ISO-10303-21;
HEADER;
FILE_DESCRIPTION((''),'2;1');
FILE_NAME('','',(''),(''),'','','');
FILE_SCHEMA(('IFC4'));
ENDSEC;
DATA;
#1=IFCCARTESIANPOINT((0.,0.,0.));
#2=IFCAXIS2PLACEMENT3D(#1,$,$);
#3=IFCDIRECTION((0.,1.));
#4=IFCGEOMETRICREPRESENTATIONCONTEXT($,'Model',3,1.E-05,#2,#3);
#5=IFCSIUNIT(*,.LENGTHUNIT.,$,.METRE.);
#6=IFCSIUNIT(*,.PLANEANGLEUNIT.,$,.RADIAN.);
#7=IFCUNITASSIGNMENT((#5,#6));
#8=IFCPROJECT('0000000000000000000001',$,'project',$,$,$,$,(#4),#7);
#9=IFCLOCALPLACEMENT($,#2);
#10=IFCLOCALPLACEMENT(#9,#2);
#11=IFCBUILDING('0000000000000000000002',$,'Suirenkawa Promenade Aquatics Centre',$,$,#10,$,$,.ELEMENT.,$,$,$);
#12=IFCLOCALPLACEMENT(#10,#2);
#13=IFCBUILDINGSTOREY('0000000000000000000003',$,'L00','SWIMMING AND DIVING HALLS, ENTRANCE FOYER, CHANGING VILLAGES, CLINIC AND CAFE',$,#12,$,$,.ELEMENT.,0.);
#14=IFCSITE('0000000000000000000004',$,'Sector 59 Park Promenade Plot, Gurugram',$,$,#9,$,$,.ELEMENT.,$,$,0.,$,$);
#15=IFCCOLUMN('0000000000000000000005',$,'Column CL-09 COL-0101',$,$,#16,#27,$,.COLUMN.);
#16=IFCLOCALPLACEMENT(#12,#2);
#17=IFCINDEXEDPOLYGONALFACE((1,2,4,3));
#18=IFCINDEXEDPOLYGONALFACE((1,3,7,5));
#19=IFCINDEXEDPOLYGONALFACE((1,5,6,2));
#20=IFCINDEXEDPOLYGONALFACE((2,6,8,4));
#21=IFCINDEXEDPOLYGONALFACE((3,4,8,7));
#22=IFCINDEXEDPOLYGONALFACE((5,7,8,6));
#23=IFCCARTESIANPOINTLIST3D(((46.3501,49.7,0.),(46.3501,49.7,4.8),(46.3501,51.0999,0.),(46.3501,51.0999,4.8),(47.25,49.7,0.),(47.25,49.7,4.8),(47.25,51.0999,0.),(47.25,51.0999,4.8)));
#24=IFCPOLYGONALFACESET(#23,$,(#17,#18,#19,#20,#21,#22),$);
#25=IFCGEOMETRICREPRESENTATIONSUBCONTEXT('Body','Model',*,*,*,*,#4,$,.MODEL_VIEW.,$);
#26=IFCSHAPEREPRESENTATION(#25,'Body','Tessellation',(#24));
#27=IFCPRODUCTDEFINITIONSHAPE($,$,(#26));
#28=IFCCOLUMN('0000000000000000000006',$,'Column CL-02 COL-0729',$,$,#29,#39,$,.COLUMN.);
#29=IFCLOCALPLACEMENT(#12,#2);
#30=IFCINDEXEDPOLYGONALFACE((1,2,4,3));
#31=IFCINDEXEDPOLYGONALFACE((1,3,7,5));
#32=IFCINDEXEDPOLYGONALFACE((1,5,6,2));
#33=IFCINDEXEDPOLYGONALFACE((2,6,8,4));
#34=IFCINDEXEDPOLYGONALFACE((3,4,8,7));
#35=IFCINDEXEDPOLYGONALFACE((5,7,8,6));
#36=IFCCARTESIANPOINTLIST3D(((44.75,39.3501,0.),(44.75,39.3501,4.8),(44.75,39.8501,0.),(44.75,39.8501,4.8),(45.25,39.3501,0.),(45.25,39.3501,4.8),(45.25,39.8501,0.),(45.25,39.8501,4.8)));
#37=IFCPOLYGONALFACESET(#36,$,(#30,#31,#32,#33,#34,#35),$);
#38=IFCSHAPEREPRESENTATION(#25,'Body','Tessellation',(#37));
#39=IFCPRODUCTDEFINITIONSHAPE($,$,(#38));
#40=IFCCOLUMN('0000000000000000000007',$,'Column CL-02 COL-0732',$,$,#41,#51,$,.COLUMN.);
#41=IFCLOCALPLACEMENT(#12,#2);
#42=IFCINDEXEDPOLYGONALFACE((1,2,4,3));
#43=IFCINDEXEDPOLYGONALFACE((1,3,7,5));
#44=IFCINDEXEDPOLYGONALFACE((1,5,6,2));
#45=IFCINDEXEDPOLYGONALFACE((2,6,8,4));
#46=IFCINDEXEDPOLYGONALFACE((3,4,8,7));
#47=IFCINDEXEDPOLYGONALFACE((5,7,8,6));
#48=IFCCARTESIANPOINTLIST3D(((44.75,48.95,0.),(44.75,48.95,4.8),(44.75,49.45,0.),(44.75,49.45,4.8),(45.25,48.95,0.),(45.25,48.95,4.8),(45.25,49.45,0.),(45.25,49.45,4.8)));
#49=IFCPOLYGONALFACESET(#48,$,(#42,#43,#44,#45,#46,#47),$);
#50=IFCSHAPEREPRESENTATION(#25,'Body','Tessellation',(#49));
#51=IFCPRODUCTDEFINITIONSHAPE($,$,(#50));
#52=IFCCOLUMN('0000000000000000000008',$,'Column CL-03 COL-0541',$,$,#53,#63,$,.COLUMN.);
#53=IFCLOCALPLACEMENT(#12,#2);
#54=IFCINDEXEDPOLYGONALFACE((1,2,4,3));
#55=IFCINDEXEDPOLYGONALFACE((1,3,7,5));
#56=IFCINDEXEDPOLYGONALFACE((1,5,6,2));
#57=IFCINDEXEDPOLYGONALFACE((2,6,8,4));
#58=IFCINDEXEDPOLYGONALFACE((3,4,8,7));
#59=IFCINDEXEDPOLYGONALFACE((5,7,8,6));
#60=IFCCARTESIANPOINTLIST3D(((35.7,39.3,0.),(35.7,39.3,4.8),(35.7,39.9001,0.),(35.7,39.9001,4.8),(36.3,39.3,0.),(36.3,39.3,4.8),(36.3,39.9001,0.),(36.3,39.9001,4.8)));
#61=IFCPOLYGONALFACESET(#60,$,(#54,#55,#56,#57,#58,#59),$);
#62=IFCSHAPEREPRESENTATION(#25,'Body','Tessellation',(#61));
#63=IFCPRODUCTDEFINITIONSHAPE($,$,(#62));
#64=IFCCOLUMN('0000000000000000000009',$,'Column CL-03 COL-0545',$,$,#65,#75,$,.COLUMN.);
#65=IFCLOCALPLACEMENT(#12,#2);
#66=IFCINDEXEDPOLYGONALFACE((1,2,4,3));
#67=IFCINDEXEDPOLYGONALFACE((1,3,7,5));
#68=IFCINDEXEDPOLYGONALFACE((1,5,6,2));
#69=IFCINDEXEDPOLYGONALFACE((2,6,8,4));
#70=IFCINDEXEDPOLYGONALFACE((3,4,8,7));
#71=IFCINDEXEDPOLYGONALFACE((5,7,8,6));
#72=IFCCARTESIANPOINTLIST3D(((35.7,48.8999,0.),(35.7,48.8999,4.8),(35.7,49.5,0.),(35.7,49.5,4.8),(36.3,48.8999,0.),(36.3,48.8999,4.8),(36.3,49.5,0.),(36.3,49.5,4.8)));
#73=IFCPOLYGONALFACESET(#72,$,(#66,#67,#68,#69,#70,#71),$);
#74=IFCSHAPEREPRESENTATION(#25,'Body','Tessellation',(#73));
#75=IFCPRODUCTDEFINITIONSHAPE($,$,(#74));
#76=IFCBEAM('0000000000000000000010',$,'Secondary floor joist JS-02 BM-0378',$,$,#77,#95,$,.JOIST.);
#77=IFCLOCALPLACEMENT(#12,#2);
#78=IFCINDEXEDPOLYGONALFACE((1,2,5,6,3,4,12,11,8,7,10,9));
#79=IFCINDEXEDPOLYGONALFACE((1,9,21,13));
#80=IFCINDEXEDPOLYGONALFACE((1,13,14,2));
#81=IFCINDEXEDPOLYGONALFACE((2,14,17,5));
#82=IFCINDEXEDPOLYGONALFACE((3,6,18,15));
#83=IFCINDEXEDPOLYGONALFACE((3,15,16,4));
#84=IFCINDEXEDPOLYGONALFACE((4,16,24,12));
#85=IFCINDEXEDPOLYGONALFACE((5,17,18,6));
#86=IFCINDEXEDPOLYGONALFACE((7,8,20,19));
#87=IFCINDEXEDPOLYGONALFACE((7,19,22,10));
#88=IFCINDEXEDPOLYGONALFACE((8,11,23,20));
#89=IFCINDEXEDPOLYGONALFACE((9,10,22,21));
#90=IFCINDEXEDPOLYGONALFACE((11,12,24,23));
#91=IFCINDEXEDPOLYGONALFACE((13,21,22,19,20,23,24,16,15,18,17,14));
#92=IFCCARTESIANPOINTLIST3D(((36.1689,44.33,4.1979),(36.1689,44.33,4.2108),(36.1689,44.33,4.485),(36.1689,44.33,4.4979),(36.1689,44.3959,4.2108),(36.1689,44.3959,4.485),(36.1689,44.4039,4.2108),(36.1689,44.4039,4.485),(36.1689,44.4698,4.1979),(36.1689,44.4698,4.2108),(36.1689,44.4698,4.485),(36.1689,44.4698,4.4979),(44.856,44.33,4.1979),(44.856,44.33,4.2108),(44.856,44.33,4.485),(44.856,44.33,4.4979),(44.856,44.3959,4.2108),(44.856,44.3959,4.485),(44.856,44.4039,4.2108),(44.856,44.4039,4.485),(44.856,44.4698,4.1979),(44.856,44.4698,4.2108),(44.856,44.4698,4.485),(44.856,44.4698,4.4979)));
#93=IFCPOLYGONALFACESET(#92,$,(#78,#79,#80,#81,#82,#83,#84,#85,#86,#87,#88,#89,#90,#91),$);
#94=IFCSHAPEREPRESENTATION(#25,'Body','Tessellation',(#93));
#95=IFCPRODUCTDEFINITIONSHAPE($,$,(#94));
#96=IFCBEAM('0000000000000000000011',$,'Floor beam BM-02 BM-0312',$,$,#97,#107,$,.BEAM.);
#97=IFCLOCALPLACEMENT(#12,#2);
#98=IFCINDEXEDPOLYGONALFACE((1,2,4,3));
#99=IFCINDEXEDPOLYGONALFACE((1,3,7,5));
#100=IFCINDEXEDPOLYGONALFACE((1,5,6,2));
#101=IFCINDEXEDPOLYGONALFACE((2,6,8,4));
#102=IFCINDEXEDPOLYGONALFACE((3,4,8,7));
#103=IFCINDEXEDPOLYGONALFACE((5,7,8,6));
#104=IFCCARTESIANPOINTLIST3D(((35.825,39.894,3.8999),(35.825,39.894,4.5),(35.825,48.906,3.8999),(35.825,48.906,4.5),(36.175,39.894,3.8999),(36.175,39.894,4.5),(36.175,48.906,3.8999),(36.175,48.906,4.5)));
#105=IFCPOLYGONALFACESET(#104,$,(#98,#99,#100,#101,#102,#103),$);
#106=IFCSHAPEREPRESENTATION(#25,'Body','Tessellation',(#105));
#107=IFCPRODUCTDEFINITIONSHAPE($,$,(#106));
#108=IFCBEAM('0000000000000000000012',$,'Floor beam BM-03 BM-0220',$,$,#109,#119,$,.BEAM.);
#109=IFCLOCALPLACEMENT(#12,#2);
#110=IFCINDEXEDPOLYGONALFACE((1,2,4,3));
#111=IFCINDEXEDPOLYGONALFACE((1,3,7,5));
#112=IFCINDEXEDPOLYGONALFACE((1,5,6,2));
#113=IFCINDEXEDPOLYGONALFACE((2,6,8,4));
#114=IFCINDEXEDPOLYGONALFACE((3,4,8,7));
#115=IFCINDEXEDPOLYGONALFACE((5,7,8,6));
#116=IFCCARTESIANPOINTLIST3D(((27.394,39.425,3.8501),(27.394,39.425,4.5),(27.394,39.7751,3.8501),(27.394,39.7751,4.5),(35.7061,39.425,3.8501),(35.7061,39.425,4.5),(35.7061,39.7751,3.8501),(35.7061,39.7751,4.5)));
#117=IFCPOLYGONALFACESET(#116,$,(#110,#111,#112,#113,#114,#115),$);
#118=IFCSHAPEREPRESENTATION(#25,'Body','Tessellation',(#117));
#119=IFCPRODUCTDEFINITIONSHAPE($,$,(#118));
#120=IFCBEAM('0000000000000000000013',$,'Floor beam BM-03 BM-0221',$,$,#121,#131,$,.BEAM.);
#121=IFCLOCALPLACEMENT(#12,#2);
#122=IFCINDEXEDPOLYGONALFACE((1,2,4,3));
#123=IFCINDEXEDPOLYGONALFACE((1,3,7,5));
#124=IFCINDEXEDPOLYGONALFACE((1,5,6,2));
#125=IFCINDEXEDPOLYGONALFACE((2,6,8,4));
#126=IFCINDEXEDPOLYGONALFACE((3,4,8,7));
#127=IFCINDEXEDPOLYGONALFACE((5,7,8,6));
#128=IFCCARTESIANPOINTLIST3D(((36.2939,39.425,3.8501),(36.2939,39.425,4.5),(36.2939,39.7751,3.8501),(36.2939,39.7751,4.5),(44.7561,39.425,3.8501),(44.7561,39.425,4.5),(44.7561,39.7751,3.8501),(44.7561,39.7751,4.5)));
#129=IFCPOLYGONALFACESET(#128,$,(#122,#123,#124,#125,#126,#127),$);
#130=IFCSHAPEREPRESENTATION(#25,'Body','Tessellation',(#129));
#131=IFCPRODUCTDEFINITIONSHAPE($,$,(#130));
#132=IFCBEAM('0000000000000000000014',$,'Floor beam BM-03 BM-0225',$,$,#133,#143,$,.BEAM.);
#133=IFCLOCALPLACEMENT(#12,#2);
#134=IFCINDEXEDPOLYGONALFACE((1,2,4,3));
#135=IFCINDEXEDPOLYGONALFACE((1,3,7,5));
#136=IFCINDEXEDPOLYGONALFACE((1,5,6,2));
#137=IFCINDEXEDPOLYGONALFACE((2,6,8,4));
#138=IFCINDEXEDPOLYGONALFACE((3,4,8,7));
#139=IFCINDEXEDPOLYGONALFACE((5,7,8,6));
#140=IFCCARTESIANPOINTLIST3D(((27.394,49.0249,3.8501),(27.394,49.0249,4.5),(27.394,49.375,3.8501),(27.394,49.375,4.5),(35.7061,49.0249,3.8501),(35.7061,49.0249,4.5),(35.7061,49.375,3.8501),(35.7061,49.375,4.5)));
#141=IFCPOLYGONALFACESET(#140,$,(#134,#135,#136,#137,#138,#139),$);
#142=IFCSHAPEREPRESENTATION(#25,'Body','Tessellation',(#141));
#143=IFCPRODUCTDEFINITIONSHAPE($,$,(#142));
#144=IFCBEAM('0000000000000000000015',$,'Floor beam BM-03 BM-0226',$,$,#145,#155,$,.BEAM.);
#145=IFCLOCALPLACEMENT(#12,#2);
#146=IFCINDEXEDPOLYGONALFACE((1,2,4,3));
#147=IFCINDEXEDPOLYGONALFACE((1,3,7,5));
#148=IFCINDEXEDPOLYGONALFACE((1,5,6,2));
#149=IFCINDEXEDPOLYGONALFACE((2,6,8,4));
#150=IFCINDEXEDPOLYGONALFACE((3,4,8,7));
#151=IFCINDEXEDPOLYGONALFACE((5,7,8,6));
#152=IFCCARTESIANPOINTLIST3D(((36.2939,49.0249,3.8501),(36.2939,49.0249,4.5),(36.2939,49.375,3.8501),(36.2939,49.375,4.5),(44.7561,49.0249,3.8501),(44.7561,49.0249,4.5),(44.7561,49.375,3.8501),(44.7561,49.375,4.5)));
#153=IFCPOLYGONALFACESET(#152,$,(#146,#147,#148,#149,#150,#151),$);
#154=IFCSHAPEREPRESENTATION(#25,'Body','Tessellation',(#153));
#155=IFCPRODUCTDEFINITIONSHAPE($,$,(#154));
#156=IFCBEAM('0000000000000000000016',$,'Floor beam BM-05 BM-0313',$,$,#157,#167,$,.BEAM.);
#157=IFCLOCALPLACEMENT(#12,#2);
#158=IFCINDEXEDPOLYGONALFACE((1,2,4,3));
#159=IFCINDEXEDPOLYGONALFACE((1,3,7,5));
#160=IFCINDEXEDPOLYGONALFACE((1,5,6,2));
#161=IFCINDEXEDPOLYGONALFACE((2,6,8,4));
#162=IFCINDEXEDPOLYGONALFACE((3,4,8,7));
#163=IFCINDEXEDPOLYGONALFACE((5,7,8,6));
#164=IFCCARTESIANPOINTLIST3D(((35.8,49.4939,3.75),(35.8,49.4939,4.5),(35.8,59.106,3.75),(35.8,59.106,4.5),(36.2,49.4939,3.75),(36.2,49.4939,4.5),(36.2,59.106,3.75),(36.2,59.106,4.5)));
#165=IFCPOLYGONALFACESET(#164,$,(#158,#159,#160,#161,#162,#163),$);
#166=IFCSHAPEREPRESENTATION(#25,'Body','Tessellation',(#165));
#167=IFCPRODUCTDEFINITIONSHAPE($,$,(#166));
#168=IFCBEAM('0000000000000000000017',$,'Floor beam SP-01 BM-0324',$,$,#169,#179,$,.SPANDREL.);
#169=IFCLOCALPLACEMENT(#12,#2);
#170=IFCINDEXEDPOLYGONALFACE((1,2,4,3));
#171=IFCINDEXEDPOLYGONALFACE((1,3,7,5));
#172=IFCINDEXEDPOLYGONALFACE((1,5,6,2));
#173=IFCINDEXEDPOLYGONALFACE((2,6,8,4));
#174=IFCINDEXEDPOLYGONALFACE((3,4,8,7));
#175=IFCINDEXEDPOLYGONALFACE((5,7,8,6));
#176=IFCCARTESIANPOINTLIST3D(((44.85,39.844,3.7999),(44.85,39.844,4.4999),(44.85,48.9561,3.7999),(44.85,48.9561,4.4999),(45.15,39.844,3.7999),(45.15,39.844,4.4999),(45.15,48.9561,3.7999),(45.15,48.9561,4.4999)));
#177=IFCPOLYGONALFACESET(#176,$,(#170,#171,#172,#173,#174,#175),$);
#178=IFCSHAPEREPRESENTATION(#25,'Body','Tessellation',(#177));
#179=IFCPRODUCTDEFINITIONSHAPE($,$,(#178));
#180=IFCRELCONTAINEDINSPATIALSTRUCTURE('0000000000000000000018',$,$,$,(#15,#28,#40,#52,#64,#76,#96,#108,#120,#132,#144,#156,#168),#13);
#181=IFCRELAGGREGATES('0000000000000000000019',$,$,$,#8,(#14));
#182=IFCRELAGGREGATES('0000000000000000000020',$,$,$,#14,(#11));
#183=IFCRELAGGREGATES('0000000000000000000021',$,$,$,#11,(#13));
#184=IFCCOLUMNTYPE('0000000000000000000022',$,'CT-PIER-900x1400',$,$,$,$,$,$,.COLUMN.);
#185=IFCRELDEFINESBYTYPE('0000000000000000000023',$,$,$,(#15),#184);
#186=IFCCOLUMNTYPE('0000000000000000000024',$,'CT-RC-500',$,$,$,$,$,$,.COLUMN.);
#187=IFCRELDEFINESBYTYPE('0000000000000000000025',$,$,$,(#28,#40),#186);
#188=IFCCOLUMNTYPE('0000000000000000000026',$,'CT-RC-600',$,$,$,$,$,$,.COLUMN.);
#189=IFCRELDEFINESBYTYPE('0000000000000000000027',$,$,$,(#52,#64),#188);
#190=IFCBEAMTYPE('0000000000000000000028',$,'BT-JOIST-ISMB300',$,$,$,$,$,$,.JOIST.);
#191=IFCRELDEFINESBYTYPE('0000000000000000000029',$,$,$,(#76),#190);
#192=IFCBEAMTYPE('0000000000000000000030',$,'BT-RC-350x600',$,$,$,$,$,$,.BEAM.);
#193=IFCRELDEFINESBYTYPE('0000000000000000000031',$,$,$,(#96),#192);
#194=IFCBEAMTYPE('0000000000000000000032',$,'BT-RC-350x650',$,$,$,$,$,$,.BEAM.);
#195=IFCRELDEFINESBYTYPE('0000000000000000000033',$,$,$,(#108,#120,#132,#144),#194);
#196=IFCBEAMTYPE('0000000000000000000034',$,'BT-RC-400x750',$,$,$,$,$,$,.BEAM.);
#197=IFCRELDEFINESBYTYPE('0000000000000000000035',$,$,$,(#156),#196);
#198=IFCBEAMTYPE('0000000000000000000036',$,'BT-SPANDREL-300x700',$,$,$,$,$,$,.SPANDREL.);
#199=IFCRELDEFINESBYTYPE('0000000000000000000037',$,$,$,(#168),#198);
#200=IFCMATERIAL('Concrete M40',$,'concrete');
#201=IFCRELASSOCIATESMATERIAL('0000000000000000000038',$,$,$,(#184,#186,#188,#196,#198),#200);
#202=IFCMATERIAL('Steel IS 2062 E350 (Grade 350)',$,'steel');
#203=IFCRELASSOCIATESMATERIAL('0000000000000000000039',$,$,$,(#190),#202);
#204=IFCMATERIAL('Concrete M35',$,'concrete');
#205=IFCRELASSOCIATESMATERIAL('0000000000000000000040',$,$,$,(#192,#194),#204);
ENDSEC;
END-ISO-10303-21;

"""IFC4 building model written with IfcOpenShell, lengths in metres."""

from ifc_helpers import new_model, si_unit, direction, frame, origin, origin_2d, place, context, subcontext, project, spatial, rectangle, i_section, extrude, material, material_profile, profile_set, type_object, element, save


model = new_model("IFC4")

# Units and contexts
model_context = context("Model", 3, precision=1e-05, world=origin(), true_north=direction((0.0, 1.0)))
body_context = subcontext(model_context, "Body", "Model", "MODEL_VIEW")
ifc_project = project(units=[si_unit("LENGTHUNIT", "METRE"), si_unit("PLANEANGLEUNIT", "RADIAN")], contexts=[model_context])

# Site, building, storey
site_placement = place(None, origin())
site = spatial("IfcSite", under=ifc_project, at=site_placement, Name="Sector 59 Park Promenade Plot, Gurugram", CompositionType="ELEMENT", RefElevation=0.0)
building_placement = place(site_placement, origin())
building = spatial("IfcBuilding", under=site, at=building_placement, Name="Suirenkawa Promenade Aquatics Centre", CompositionType="ELEMENT")
storey_placement = place(building_placement, origin())
storey = spatial("IfcBuildingStorey", under=building, at=storey_placement, Name="L00", Description="SWIMMING AND DIVING HALLS, ENTRANCE FOYER, CHANGING VILLAGES, CLINIC AND CAFE", CompositionType="ELEMENT", Elevation=0.0)

# Columns
ifc_material_1 = material(Name="Concrete M40", Category="concrete")
ifc_material_profile_1 = material_profile(ifc_material_1, rectangle(XDim=0.8999, YDim=1.3999, at=origin_2d()), Name="RC PIER 900x1400", Category="concrete")
ifc_profile_set_1 = profile_set([ifc_material_profile_1], Name="Concrete M40")
column_type_1 = type_object("IfcColumnType", Name="CT-PIER-900x1400", PredefinedType="COLUMN", material=ifc_profile_set_1)
column_placement = place(storey_placement, frame((46.8, 50.3999, 0.0), z_axis=(0.0, 0.0, 1.0), x_axis=(1.0, 0.0, 0.0)))
element("IfcColumn", 1, at=column_placement, inside=storey, type_object=column_type_1, Name="Column CL-09 COL-0101", PredefinedType="COLUMN", context=body_context, shape_type="SweptSolid", body=[
    extrude(rectangle(XDim=0.8999, YDim=1.3999, at=origin_2d()), origin(), (0.0, 0.0, 1.0), 4.8),
])
ifc_material_profile_2 = material_profile(ifc_material_1, rectangle(XDim=0.5, YDim=0.5, at=origin_2d()), Name="RC COL 500x500", Category="concrete")
ifc_profile_set_2 = profile_set([ifc_material_profile_2], Name="Concrete M40")
column_type_2 = type_object("IfcColumnType", Name="CT-RC-500", PredefinedType="COLUMN", material=ifc_profile_set_2)
for number, where, z_axis, x_axis, name in (
    (2, (45.0, 39.6001, 0.0), (0.0, 0.0, 1.0), (1.0, 0.0, 0.0), "Column CL-02 COL-0729"),
    (3, (45.0, 49.2, 0.0), (0.0, 0.0, 1.0), (1.0, 0.0, 0.0), "Column CL-02 COL-0732"),
):
    element("IfcColumn", number, at=place(storey_placement, frame(where, z_axis=z_axis, x_axis=x_axis)), inside=storey, type_object=column_type_2, Name=name, PredefinedType="COLUMN", context=body_context, shape_type="SweptSolid", body=[
        extrude(rectangle(XDim=0.5, YDim=0.5, at=origin_2d()), origin(), (0.0, 0.0, 1.0), 4.8),
    ])
ifc_material_profile_3 = material_profile(ifc_material_1, rectangle(XDim=0.6001, YDim=0.6001, at=origin_2d()), Name="RC COL 600x600", Category="concrete")
ifc_profile_set_3 = profile_set([ifc_material_profile_3], Name="Concrete M40")
column_type_3 = type_object("IfcColumnType", Name="CT-RC-600", PredefinedType="COLUMN", material=ifc_profile_set_3)
for number, where, z_axis, x_axis, name in (
    (4, (36.0, 39.6001, 0.0), (0.0, 0.0, 1.0), (1.0, 0.0, 0.0), "Column CL-03 COL-0541"),
    (5, (36.0, 49.2, 0.0), (0.0, 0.0, 1.0), (1.0, 0.0, 0.0), "Column CL-03 COL-0545"),
):
    element("IfcColumn", number, at=place(storey_placement, frame(where, z_axis=z_axis, x_axis=x_axis)), inside=storey, type_object=column_type_3, Name=name, PredefinedType="COLUMN", context=body_context, shape_type="SweptSolid", body=[
        extrude(rectangle(XDim=0.6001, YDim=0.6001, at=origin_2d()), origin(), (0.0, 0.0, 1.0), 4.8),
    ])

# Beams
ifc_material_2 = material(Name="Steel IS 2062 E350 (Grade 350)", Category="steel")
ifc_material_profile_4 = material_profile(ifc_material_2, i_section(OverallWidth=0.1399, OverallDepth=0.3, WebThickness=0.0081, FlangeThickness=0.0129, at=origin_2d()), Name="ISMB 300", Category="steel")
ifc_profile_set_4 = profile_set([ifc_material_profile_4], Name="Steel IS 2062 E350 (Grade 350)")
beam_type_1 = type_object("IfcBeamType", Name="BT-JOIST-ISMB300", PredefinedType="JOIST", material=ifc_profile_set_4)
beam_1_placement = place(storey_placement, frame((36.1689, 44.3999, 4.3479), z_axis=(1.0, 0.0, 0.0), x_axis=(0.0, 1.0, 0.0)))
element("IfcBeam", 6, at=beam_1_placement, inside=storey, type_object=beam_type_1, Name="Secondary floor joist JS-02 BM-0378", PredefinedType="JOIST", context=body_context, shape_type="SweptSolid", body=[
    extrude(i_section(OverallWidth=0.1399, OverallDepth=0.3, WebThickness=0.0081, FlangeThickness=0.0129, at=origin_2d()), origin(), (0.0, 0.0, 1.0), 8.687),
])
ifc_material_3 = material(Name="Concrete M35", Category="concrete")
ifc_material_profile_5 = material_profile(ifc_material_3, rectangle(XDim=0.3501, YDim=0.6001, at=origin_2d()), Name="RC BM 350x600", Category="concrete")
ifc_profile_set_5 = profile_set([ifc_material_profile_5], Name="Concrete M35")
beam_type_2 = type_object("IfcBeamType", Name="BT-RC-350x600", PredefinedType="BEAM", material=ifc_profile_set_5)
beam_2_placement = place(storey_placement, frame((36.0, 39.894, 4.2), z_axis=(0.0, 1.0, 0.0), x_axis=(-1.0, 0.0, 0.0)))
element("IfcBeam", 7, at=beam_2_placement, inside=storey, type_object=beam_type_2, Name="Floor beam BM-02 BM-0312", PredefinedType="BEAM", context=body_context, shape_type="SweptSolid", body=[
    extrude(rectangle(XDim=0.3501, YDim=0.6001, at=origin_2d()), origin(), (0.0, 0.0, 1.0), 9.012),
])
ifc_material_profile_6 = material_profile(ifc_material_3, rectangle(XDim=0.3501, YDim=0.6499, at=origin_2d()), Name="RC BM 350x650", Category="concrete")
ifc_profile_set_6 = profile_set([ifc_material_profile_6], Name="Concrete M35")
beam_type_3 = type_object("IfcBeamType", Name="BT-RC-350x650", PredefinedType="BEAM", material=ifc_profile_set_6)
beam_3_placement = place(storey_placement, frame((27.394, 39.6001, 4.175), z_axis=(1.0, 0.0, 0.0), x_axis=(0.0, 1.0, 0.0)))
element("IfcBeam", 8, at=beam_3_placement, inside=storey, type_object=beam_type_3, Name="Floor beam BM-03 BM-0220", PredefinedType="BEAM", context=body_context, shape_type="SweptSolid", body=[
    extrude(rectangle(XDim=0.3501, YDim=0.6499, at=origin_2d()), origin(), (0.0, 0.0, 1.0), 8.312),
])
beam_4_placement = place(storey_placement, frame((36.2939, 39.6001, 4.175), z_axis=(1.0, 0.0, 0.0), x_axis=(0.0, 1.0, 0.0)))
element("IfcBeam", 9, at=beam_4_placement, inside=storey, type_object=beam_type_3, Name="Floor beam BM-03 BM-0221", PredefinedType="BEAM", context=body_context, shape_type="SweptSolid", body=[
    extrude(rectangle(XDim=0.3501, YDim=0.6499, at=origin_2d()), origin(), (0.0, 0.0, 1.0), 8.4622),
])
beam_5_placement = place(storey_placement, frame((27.394, 49.2, 4.175), z_axis=(1.0, 0.0, 0.0), x_axis=(0.0, 1.0, 0.0)))
element("IfcBeam", 10, at=beam_5_placement, inside=storey, type_object=beam_type_3, Name="Floor beam BM-03 BM-0225", PredefinedType="BEAM", context=body_context, shape_type="SweptSolid", body=[
    extrude(rectangle(XDim=0.3501, YDim=0.6499, at=origin_2d()), origin(), (0.0, 0.0, 1.0), 8.312),
])
beam_6_placement = place(storey_placement, frame((36.2939, 49.2, 4.175), z_axis=(1.0, 0.0, 0.0), x_axis=(0.0, 1.0, 0.0)))
element("IfcBeam", 11, at=beam_6_placement, inside=storey, type_object=beam_type_3, Name="Floor beam BM-03 BM-0226", PredefinedType="BEAM", context=body_context, shape_type="SweptSolid", body=[
    extrude(rectangle(XDim=0.3501, YDim=0.6499, at=origin_2d()), origin(), (0.0, 0.0, 1.0), 8.4622),
])
ifc_material_profile_7 = material_profile(ifc_material_1, rectangle(XDim=0.3999, YDim=0.75, at=origin_2d()), Name="RC BM 400x750", Category="concrete")
ifc_profile_set_7 = profile_set([ifc_material_profile_7], Name="Concrete M40")
beam_type_4 = type_object("IfcBeamType", Name="BT-RC-400x750", PredefinedType="BEAM", material=ifc_profile_set_7)
beam_7_placement = place(storey_placement, frame((36.0, 49.4939, 4.125), z_axis=(0.0, 1.0, 0.0), x_axis=(-1.0, 0.0, 0.0)))
element("IfcBeam", 12, at=beam_7_placement, inside=storey, type_object=beam_type_4, Name="Floor beam BM-05 BM-0313", PredefinedType="BEAM", context=body_context, shape_type="SweptSolid", body=[
    extrude(rectangle(XDim=0.3999, YDim=0.75, at=origin_2d()), origin(), (0.0, 0.0, 1.0), 9.6121),
])
ifc_material_profile_8 = material_profile(ifc_material_1, rectangle(XDim=0.3, YDim=0.7, at=origin_2d()), Name="RC SPANDREL 300x700", Category="concrete")
ifc_profile_set_8 = profile_set([ifc_material_profile_8], Name="Concrete M40")
beam_type_5 = type_object("IfcBeamType", Name="BT-SPANDREL-300x700", PredefinedType="SPANDREL", material=ifc_profile_set_8)
beam_8_placement = place(storey_placement, frame((45.0, 39.844, 4.1499), z_axis=(0.0, 1.0, 0.0), x_axis=(-1.0, 0.0, 0.0)))
element("IfcBeam", 13, at=beam_8_placement, inside=storey, type_object=beam_type_5, Name="Floor beam SP-01 BM-0324", PredefinedType="SPANDREL", context=body_context, shape_type="SweptSolid", body=[
    extrude(rectangle(XDim=0.3, YDim=0.7, at=origin_2d()), origin(), (0.0, 0.0, 1.0), 9.1121),
])

save(model, "model.ifc")
